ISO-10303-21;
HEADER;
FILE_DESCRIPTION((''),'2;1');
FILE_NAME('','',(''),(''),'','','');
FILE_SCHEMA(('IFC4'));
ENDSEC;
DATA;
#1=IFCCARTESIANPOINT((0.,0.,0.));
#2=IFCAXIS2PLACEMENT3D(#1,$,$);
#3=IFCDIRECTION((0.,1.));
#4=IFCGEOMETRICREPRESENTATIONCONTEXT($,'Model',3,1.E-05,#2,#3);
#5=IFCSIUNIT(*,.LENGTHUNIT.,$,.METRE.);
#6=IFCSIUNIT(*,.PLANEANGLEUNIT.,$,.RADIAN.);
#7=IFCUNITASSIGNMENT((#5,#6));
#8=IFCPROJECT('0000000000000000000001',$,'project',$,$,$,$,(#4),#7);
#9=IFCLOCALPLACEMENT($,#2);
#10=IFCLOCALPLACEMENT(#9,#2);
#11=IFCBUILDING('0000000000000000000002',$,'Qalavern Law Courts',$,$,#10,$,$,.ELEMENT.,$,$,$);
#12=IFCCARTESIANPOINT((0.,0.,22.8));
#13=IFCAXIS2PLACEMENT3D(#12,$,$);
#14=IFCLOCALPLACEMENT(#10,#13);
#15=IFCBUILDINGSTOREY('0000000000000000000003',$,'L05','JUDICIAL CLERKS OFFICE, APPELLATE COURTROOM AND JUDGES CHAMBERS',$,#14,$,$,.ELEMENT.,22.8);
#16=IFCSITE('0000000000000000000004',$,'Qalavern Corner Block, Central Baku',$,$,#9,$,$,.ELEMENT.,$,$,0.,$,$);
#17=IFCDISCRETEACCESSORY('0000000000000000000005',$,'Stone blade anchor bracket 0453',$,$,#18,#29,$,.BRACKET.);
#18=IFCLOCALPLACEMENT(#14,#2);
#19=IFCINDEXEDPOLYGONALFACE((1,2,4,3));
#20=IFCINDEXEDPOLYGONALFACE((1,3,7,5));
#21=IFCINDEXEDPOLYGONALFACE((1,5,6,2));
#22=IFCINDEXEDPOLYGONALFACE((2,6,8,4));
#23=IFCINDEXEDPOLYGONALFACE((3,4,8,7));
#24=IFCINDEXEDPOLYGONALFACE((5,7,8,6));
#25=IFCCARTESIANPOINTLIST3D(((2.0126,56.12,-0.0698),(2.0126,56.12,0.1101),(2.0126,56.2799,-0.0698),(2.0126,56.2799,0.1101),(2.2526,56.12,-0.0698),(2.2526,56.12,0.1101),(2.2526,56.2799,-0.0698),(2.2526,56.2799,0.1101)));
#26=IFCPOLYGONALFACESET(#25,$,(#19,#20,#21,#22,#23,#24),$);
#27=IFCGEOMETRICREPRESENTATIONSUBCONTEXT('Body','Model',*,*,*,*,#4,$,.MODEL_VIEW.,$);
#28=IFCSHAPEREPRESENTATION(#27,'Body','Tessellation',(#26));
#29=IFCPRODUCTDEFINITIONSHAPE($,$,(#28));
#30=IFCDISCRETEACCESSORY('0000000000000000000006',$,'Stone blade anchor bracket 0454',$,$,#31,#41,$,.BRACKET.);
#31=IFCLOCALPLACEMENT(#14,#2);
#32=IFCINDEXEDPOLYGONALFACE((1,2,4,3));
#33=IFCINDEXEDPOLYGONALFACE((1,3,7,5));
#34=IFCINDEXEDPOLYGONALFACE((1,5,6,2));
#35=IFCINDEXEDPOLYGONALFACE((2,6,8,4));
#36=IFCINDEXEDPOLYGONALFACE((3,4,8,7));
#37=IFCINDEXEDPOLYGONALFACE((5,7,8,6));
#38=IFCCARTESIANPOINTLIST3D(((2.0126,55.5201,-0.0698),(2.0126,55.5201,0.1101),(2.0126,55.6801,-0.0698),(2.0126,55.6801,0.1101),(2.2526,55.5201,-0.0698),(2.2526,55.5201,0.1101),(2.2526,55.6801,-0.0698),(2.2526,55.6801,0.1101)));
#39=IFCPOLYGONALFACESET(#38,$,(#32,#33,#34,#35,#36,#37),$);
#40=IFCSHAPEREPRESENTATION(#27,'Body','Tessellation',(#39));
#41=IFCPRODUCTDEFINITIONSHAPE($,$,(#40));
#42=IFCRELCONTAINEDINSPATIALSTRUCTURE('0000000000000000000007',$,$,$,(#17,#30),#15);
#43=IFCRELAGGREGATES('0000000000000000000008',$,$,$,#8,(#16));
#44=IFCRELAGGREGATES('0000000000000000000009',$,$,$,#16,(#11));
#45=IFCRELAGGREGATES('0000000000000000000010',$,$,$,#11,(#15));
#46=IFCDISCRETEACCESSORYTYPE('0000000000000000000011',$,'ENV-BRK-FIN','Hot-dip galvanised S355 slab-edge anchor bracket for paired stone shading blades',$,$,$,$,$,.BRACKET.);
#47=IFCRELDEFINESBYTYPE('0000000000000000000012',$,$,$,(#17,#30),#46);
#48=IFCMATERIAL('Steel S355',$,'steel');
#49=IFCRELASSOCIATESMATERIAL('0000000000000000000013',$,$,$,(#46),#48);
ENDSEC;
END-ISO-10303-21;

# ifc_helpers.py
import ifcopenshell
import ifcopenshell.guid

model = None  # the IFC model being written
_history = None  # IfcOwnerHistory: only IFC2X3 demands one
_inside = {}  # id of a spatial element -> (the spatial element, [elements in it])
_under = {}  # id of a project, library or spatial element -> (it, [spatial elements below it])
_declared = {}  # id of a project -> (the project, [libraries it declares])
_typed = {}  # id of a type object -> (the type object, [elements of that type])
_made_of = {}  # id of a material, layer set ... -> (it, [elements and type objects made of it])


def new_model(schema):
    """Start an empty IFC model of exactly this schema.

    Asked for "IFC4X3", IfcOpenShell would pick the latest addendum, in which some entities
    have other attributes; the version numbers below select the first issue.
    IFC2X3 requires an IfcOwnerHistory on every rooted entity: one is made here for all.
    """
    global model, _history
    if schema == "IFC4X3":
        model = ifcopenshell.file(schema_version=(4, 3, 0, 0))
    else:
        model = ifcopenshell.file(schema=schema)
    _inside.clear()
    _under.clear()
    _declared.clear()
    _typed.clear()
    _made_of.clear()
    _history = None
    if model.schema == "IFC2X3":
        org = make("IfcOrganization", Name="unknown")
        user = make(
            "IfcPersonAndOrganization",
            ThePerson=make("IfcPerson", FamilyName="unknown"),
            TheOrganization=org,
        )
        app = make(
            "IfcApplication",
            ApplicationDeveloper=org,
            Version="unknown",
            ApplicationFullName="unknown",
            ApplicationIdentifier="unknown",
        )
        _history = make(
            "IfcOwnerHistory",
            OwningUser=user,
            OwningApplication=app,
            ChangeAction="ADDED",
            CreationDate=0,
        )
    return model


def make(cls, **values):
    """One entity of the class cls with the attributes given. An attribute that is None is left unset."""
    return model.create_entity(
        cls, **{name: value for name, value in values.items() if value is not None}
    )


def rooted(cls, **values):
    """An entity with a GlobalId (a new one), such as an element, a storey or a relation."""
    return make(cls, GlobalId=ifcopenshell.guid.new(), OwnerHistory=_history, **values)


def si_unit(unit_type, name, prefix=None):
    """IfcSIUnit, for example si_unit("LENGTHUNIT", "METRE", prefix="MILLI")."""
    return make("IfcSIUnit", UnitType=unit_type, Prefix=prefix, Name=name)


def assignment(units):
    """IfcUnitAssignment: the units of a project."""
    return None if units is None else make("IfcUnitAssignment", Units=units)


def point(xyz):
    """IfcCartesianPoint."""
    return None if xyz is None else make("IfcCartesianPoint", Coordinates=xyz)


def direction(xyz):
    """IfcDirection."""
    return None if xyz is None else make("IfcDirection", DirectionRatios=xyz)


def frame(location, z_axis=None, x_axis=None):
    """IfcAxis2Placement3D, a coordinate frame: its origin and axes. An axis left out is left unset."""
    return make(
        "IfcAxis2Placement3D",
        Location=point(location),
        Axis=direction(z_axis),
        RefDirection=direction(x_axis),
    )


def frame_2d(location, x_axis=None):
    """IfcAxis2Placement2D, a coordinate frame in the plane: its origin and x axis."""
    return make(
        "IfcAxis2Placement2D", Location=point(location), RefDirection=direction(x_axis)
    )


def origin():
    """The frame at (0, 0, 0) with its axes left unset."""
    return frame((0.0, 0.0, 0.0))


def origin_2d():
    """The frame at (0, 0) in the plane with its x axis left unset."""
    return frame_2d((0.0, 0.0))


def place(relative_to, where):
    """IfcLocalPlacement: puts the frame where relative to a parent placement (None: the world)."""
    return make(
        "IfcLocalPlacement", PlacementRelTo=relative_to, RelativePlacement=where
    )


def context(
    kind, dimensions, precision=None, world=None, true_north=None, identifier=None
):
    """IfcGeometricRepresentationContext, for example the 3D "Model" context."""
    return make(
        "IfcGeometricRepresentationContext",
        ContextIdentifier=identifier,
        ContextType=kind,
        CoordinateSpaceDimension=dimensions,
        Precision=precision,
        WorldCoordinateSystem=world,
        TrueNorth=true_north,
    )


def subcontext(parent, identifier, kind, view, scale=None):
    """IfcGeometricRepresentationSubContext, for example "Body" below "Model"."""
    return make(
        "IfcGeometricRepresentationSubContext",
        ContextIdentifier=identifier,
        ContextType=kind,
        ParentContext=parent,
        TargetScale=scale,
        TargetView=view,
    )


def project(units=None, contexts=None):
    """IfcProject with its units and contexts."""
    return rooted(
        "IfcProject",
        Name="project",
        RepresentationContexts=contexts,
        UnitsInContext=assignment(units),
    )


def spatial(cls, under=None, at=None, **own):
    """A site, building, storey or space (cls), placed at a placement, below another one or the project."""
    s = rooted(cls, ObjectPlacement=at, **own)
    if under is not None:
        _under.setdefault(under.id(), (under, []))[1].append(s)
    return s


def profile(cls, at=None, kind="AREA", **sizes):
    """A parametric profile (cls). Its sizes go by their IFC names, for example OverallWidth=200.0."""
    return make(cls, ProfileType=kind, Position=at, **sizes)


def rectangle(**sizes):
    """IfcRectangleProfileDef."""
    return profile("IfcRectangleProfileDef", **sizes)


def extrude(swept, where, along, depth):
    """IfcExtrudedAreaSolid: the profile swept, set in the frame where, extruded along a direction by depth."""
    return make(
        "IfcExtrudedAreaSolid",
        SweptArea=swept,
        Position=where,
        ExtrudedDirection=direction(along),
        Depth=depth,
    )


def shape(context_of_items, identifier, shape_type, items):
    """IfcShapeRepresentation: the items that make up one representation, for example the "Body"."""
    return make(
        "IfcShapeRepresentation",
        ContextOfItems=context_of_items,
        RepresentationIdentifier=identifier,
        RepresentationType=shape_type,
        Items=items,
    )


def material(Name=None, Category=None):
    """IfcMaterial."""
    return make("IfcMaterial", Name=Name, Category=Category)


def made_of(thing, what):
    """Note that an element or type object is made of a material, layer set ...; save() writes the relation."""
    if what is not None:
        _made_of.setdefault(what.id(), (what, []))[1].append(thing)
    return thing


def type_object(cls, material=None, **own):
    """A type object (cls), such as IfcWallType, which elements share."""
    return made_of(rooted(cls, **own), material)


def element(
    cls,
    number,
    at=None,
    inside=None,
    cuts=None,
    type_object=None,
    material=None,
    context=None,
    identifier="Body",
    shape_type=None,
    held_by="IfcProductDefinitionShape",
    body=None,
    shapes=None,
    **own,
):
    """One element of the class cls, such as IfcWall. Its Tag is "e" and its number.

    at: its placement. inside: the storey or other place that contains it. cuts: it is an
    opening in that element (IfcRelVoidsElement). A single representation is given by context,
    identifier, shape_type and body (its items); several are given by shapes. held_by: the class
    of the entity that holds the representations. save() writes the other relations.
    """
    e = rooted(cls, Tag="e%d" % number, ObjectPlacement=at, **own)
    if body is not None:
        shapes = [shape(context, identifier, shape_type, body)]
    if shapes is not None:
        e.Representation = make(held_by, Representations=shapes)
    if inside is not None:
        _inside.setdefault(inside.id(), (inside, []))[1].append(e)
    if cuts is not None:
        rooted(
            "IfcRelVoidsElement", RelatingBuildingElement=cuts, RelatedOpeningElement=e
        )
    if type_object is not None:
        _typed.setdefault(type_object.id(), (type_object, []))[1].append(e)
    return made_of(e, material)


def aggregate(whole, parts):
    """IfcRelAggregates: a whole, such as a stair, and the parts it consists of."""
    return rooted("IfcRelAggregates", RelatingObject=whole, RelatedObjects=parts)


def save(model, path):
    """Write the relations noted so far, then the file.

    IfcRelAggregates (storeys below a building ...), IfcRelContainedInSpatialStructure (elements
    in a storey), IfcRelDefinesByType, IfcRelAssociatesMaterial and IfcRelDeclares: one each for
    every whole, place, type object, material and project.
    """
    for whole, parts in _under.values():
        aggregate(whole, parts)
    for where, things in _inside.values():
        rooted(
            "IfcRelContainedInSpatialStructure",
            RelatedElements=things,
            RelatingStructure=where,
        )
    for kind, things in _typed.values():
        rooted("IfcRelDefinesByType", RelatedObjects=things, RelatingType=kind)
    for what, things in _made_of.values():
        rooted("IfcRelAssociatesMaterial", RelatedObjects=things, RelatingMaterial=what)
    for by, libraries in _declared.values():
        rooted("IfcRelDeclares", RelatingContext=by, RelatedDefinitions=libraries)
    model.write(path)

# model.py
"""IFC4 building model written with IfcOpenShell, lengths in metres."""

from ifc_helpers import new_model, si_unit, direction, frame, origin, origin_2d, place, context, subcontext, project, spatial, rectangle, extrude, material, type_object, element, save


model = new_model("IFC4")

# Units and contexts
model_context = context("Model", 3, precision=1e-05, world=origin(), true_north=direction((0.0, 1.0)))
body_context = subcontext(model_context, "Body", "Model", "MODEL_VIEW")
ifc_project = project(units=[si_unit("LENGTHUNIT", "METRE"), si_unit("PLANEANGLEUNIT", "RADIAN")], contexts=[model_context])

# Site, building, storey
site_placement = place(None, origin())
site = spatial("IfcSite", under=ifc_project, at=site_placement, Name="Qalavern Corner Block, Central Baku", CompositionType="ELEMENT", RefElevation=0.0)
building_placement = place(site_placement, origin())
building = spatial("IfcBuilding", under=site, at=building_placement, Name="Qalavern Law Courts", CompositionType="ELEMENT")
storey_placement = place(building_placement, frame((0.0, 0.0, 22.8)))
storey = spatial("IfcBuildingStorey", under=building, at=storey_placement, Name="L05", Description="JUDICIAL CLERKS OFFICE, APPELLATE COURTROOM AND JUDGES CHAMBERS", CompositionType="ELEMENT", Elevation=22.8)

# Discrete accessories
ifc_material_1 = material(Name="Steel S355", Category="steel")
discrete_accessory_type = type_object("IfcDiscreteAccessoryType", Name="ENV-BRK-FIN", Description="Hot-dip galvanised S355 slab-edge anchor bracket for paired stone shading blades", PredefinedType="BRACKET", material=ifc_material_1)
for number, where, z_axis, x_axis, name in (
    (1, (2.1326, 56.2, -0.0698), (0.0, 0.0, 1.0), (-1.0, 0.0, 0.0), "Stone blade anchor bracket 0453"),
    (2, (2.1326, 55.6001, -0.0698), (0.0, 0.0, 1.0), (-1.0, 0.0, 0.0), "Stone blade anchor bracket 0454"),
):
    element("IfcDiscreteAccessory", number, at=place(storey_placement, frame(where, z_axis=z_axis, x_axis=x_axis)), inside=storey, type_object=discrete_accessory_type, Name=name, PredefinedType="BRACKET", context=body_context, shape_type="SweptSolid", body=[
        extrude(rectangle(XDim=0.24, YDim=0.1599, at=origin_2d()), origin(), (0.0, 0.0, 1.0), 0.1799),
    ])

save(model, "model.ifc")
